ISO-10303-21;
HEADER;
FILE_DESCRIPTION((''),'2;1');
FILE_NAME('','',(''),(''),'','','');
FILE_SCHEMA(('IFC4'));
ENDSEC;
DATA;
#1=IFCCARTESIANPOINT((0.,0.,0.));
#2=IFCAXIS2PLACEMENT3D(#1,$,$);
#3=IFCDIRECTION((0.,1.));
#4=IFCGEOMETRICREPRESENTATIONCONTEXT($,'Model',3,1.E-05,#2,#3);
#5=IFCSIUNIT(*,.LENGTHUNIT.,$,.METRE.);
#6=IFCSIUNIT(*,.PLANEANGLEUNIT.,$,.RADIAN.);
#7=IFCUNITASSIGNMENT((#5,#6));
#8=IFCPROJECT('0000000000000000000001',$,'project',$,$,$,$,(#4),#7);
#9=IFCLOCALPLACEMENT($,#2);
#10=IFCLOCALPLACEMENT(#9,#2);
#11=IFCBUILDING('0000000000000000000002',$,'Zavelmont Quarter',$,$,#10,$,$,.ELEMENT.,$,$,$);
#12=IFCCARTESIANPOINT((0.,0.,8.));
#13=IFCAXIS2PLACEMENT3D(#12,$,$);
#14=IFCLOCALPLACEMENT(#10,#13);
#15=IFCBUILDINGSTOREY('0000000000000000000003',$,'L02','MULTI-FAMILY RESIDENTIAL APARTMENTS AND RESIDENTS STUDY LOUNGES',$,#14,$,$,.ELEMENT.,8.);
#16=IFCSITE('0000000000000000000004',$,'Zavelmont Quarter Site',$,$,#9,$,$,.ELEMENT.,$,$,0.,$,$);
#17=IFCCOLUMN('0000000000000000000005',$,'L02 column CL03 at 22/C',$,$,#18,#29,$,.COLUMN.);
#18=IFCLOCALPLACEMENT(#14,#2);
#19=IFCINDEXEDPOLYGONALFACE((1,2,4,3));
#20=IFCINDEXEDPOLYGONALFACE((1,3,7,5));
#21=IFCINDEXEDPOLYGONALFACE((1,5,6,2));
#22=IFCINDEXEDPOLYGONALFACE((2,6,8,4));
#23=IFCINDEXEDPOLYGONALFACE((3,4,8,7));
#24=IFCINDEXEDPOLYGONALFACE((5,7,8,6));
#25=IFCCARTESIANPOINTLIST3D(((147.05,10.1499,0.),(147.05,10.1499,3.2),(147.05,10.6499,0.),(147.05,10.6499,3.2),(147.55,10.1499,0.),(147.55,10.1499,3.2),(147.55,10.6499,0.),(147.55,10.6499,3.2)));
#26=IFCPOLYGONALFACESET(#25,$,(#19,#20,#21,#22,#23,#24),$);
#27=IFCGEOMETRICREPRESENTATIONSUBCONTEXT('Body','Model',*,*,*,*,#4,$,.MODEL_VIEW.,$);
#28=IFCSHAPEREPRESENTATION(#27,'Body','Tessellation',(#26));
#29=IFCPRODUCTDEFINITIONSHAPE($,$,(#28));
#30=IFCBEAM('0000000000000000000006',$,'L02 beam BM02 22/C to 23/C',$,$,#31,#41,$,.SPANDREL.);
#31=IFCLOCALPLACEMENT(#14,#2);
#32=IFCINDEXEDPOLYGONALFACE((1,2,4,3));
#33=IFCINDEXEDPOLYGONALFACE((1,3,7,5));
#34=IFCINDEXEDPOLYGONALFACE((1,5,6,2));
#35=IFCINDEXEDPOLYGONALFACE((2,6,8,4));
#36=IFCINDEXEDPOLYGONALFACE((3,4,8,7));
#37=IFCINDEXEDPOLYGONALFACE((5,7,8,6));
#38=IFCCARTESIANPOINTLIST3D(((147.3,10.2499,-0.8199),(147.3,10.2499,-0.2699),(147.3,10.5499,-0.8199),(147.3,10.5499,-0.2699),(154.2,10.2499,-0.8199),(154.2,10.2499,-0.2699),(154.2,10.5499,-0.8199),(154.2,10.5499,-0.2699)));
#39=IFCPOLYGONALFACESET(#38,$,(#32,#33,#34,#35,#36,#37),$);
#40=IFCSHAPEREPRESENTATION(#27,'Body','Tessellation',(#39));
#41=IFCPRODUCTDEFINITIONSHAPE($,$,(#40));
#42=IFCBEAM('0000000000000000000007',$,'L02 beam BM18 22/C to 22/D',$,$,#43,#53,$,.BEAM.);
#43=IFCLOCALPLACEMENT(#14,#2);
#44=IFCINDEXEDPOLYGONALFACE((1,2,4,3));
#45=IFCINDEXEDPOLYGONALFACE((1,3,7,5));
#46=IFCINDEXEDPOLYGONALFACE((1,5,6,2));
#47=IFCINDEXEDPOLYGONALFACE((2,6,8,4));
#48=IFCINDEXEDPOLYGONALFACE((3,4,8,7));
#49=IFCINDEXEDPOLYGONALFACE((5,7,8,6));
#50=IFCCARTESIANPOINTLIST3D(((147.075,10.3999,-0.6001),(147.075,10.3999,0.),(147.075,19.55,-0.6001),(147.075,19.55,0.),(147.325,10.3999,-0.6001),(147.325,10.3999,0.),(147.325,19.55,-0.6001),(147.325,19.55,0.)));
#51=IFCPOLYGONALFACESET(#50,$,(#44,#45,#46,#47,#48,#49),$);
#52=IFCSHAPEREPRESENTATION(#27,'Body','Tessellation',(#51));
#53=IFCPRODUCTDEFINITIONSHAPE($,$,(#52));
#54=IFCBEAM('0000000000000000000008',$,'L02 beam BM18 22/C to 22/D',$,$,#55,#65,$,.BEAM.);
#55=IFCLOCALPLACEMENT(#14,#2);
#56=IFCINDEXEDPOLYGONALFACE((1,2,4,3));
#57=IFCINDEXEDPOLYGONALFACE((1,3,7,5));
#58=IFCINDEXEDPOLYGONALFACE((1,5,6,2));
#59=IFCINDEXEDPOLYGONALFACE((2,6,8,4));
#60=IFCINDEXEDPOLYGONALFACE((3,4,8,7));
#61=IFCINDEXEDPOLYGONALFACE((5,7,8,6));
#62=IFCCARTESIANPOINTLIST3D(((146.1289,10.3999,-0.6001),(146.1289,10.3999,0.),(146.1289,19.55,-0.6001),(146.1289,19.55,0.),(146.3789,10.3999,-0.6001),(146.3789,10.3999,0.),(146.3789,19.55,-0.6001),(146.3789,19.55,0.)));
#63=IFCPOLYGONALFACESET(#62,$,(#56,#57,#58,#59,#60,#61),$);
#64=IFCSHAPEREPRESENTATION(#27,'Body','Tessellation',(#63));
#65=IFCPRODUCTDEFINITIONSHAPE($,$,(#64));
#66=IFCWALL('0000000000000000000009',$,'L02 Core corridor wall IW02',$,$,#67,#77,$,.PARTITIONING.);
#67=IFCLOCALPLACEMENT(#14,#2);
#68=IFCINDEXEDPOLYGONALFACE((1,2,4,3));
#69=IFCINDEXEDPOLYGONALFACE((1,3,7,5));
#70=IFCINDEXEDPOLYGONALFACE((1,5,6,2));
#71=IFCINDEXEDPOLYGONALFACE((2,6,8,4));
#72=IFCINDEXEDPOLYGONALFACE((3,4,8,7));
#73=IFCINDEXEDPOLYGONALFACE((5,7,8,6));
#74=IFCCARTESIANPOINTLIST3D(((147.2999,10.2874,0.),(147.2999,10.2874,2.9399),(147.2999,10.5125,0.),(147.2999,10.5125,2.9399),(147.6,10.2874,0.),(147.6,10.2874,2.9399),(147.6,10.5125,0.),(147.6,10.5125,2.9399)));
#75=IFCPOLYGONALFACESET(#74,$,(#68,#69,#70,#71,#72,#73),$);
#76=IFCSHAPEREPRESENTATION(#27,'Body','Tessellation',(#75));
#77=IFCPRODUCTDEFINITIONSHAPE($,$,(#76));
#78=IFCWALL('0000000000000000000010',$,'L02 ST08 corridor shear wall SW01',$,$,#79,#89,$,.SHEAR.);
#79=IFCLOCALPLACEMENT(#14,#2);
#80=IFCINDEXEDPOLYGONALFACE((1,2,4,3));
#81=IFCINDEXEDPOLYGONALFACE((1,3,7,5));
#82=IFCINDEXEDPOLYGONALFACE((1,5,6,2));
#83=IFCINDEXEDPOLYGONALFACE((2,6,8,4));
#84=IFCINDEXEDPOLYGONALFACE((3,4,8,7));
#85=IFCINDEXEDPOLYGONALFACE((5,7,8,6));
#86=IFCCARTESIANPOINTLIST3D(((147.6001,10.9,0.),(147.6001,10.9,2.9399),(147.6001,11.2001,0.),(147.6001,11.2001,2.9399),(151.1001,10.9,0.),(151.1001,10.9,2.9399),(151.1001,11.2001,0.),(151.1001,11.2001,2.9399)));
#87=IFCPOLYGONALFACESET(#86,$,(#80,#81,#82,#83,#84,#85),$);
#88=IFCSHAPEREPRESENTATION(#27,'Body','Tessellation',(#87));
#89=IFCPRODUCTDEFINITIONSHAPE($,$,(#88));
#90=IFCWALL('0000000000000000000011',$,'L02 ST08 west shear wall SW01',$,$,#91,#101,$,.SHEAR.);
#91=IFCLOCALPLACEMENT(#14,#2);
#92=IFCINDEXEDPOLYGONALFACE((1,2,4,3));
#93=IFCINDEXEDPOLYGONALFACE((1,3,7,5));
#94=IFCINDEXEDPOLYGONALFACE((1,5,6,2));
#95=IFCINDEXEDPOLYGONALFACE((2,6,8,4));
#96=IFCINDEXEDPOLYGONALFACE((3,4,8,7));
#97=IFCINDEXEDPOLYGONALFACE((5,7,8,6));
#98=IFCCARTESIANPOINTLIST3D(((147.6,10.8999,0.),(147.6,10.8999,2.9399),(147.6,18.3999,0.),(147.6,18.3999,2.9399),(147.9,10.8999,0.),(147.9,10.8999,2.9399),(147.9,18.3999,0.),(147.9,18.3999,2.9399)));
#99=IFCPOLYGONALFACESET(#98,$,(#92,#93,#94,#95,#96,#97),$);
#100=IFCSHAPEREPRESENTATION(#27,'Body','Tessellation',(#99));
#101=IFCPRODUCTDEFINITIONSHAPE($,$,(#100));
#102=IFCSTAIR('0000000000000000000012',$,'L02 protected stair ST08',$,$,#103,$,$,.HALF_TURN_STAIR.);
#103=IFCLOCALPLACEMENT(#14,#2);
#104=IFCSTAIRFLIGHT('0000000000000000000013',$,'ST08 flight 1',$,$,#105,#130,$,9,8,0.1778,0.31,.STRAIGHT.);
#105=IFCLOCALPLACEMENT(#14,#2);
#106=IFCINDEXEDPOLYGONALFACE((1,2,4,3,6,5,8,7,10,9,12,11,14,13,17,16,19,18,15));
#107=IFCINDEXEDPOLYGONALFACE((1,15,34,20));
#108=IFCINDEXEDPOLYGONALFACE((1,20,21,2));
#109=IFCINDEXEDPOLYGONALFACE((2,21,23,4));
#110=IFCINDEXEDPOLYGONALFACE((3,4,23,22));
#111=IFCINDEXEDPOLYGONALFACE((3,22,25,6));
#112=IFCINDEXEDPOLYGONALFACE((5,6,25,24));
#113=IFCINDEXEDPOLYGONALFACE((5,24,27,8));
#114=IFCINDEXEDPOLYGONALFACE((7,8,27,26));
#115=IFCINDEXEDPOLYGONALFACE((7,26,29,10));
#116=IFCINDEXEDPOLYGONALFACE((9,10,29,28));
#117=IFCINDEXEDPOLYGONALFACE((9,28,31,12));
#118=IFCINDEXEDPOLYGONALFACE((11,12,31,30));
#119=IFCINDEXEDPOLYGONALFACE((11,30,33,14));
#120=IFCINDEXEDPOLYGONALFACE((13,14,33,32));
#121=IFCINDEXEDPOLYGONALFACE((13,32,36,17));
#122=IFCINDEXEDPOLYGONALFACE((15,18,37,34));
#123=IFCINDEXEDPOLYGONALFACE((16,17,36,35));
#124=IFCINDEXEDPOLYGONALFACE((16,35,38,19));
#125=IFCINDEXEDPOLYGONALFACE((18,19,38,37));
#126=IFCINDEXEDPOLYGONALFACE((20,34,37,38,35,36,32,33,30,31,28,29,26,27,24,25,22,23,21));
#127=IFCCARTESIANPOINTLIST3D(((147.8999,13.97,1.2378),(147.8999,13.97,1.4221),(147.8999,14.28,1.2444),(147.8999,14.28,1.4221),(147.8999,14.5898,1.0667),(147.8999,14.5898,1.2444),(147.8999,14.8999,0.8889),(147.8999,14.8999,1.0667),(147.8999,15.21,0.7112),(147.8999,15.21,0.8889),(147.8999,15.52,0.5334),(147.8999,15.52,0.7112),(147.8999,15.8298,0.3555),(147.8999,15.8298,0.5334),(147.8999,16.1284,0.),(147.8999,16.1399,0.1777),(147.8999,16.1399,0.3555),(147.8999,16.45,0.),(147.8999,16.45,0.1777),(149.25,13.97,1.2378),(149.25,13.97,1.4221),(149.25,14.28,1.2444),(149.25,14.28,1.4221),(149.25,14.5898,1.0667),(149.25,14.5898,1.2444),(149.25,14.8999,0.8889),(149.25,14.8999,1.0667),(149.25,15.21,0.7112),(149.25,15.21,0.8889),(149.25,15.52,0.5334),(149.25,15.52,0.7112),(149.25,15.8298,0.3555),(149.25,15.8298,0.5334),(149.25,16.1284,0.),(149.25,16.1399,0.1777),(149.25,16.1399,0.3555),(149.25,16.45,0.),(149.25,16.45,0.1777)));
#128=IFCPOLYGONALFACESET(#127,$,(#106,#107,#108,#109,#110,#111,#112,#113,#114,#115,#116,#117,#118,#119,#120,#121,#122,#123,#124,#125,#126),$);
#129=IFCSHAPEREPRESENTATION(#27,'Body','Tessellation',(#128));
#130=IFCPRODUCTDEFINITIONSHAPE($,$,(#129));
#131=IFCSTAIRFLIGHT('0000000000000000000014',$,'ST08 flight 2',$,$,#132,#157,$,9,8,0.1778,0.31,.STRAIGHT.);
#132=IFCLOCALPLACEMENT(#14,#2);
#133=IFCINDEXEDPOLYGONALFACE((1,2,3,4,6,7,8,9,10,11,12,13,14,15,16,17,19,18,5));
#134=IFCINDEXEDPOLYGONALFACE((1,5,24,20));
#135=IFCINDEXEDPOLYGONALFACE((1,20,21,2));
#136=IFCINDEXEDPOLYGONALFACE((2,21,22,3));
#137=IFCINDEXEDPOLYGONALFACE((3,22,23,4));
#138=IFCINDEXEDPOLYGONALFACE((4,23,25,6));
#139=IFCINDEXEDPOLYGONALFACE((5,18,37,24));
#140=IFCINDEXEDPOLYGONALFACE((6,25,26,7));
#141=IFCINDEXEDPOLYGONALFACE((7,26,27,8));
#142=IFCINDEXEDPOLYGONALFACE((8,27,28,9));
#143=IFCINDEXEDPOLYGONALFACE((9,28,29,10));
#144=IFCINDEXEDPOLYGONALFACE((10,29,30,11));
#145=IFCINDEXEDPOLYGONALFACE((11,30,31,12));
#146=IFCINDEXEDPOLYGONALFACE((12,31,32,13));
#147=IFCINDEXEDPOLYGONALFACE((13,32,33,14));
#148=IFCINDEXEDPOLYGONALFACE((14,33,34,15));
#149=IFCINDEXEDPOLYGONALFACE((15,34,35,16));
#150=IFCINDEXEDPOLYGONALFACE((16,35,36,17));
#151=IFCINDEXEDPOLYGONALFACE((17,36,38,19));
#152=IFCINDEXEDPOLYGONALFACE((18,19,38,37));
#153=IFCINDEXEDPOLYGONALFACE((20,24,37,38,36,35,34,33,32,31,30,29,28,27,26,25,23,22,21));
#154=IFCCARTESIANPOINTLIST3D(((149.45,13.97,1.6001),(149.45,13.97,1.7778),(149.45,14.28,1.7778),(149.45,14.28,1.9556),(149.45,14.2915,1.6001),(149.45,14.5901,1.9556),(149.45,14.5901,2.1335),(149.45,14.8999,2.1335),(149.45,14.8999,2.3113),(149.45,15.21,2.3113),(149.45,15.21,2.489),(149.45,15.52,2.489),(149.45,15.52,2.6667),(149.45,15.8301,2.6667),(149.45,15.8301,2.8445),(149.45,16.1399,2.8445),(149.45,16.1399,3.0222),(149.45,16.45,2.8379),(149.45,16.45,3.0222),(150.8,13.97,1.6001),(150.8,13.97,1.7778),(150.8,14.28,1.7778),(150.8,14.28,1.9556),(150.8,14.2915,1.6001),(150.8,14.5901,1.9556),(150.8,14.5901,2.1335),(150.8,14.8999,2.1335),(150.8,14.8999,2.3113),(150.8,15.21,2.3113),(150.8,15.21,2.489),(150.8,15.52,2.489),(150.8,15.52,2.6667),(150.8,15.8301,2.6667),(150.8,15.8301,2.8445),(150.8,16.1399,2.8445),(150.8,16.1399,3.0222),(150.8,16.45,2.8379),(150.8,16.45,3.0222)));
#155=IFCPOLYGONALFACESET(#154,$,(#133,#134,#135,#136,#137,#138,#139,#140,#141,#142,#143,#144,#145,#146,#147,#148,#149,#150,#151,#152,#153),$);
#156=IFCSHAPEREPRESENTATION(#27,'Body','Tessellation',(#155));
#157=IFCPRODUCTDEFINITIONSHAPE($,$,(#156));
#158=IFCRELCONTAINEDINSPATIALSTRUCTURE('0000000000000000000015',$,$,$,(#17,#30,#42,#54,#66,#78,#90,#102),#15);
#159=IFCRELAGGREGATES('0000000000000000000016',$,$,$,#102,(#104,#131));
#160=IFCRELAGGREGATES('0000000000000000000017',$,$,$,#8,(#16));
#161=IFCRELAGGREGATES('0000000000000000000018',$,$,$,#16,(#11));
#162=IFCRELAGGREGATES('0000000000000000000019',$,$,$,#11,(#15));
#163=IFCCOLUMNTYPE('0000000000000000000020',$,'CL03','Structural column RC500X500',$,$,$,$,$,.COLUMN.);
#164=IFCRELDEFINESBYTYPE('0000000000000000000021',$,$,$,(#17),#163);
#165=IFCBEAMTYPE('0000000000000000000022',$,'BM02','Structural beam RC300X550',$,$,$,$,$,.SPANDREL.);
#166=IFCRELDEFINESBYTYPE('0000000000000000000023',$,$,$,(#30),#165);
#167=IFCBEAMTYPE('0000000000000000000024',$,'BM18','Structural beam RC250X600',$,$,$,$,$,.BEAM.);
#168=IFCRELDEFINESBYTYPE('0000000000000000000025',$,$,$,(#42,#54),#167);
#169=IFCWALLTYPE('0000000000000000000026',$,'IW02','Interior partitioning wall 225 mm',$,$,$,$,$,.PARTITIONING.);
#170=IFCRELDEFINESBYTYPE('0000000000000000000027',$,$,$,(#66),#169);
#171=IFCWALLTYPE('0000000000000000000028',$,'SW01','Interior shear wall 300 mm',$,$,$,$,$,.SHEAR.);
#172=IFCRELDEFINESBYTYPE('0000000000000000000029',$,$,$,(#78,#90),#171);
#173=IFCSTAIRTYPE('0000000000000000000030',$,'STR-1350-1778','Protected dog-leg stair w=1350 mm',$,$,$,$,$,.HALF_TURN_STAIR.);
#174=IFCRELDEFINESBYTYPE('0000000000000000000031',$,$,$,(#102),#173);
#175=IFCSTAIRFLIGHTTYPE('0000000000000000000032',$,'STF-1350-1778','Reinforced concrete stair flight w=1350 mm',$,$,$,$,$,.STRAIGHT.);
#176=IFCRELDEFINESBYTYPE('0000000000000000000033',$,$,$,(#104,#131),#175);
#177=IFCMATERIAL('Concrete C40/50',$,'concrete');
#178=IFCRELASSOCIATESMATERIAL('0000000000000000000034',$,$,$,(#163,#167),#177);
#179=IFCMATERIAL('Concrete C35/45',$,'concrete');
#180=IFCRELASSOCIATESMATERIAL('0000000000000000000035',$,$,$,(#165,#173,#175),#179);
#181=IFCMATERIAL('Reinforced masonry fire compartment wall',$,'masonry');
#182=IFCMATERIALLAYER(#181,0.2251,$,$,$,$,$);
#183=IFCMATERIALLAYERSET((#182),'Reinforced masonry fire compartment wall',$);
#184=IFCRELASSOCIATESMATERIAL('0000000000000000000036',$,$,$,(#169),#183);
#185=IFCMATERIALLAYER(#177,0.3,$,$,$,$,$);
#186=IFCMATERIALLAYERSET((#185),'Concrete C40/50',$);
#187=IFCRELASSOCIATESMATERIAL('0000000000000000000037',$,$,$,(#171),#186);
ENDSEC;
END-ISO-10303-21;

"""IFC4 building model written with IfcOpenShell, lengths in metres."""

from ifc_helpers import new_model, si_unit, direction, frame, frame_2d, origin, origin_2d, place, context, subcontext, project, spatial, polyline, rectangle, outline, extrude, material, layer, layer_set, material_profile, profile_set, type_object, element, aggregate, save


model = new_model("IFC4")

# Units and contexts
model_context = context("Model", 3, precision=1e-05, world=origin(), true_north=direction((0.0, 1.0)))
body_context = subcontext(model_context, "Body", "Model", "MODEL_VIEW")
ifc_project = project(units=[si_unit("LENGTHUNIT", "METRE"), si_unit("PLANEANGLEUNIT", "RADIAN")], contexts=[model_context])

# Site, building, storey
site_placement = place(None, origin())
site = spatial("IfcSite", under=ifc_project, at=site_placement, Name="Zavelmont Quarter Site", CompositionType="ELEMENT", RefElevation=0.0)
building_placement = place(site_placement, origin())
building = spatial("IfcBuilding", under=site, at=building_placement, Name="Zavelmont Quarter", CompositionType="ELEMENT")
storey_placement = place(building_placement, frame((0.0, 0.0, 8.0)))
storey = spatial("IfcBuildingStorey", under=building, at=storey_placement, Name="L02", Description="MULTI-FAMILY RESIDENTIAL APARTMENTS AND RESIDENTS STUDY LOUNGES", CompositionType="ELEMENT", Elevation=8.0)

# Column
ifc_material_1 = material(Name="Concrete C40/50", Category="concrete")
ifc_material_profile_1 = material_profile(ifc_material_1, rectangle(XDim=0.5, YDim=0.5, at=origin_2d()), Name="RC500X500")
ifc_profile_set_1 = profile_set([ifc_material_profile_1], Name="Concrete C40/50")
column_type = type_object("IfcColumnType", Name="CL03", Description="Structural column RC500X500", PredefinedType="COLUMN", material=ifc_profile_set_1)
column_placement = place(storey_placement, frame((147.3, 10.3999, 0.0), z_axis=(0.0, 0.0, 1.0), x_axis=(1.0, 0.0, 0.0)))
element("IfcColumn", 1, at=column_placement, inside=storey, type_object=column_type, Name="L02 column CL03 at 22/C", PredefinedType="COLUMN", context=body_context, shape_type="SweptSolid", body=[
    extrude(rectangle(XDim=0.5, YDim=0.5, at=origin_2d()), origin(), (0.0, 0.0, 1.0), 3.2),
])

# Beams
ifc_material_2 = material(Name="Concrete C35/45", Category="concrete")
ifc_material_profile_2 = material_profile(ifc_material_2, rectangle(XDim=0.3, YDim=0.55, at=origin_2d()), Name="RC300X550")
ifc_profile_set_2 = profile_set([ifc_material_profile_2], Name="Concrete C35/45")
beam_type_1 = type_object("IfcBeamType", Name="BM02", Description="Structural beam RC300X550", PredefinedType="SPANDREL", material=ifc_profile_set_2)
beam_placement = place(storey_placement, frame((147.3, 10.3999, -0.5449), z_axis=(1.0, 0.0, 0.0), x_axis=(0.0, 1.0, 0.0)))
element("IfcBeam", 2, at=beam_placement, inside=storey, type_object=beam_type_1, Name="L02 beam BM02 22/C to 23/C", PredefinedType="SPANDREL", context=body_context, shape_type="SweptSolid", body=[
    extrude(rectangle(XDim=0.3, YDim=0.55, at=origin_2d()), origin(), (0.0, 0.0, 1.0), 6.8999),
])
ifc_material_profile_3 = material_profile(ifc_material_1, rectangle(XDim=0.25, YDim=0.6001, at=origin_2d()), Name="RC250X600")
ifc_profile_set_3 = profile_set([ifc_material_profile_3], Name="Concrete C40/50")
beam_type_2 = type_object("IfcBeamType", Name="BM18", Description="Structural beam RC250X600", PredefinedType="BEAM", material=ifc_profile_set_3)
for number, where, z_axis, x_axis, name in (
    (3, (147.2, 10.3999, -0.3), (0.0, 1.0, 0.0), (-1.0, 0.0, 0.0), "L02 beam BM18 22/C to 22/D"),
    (4, (146.2539, 10.3999, -0.3), (0.0, 1.0, 0.0), (-1.0, 0.0, 0.0), "L02 beam BM18 22/C to 22/D"),
):
    element("IfcBeam", number, at=place(storey_placement, frame(where, z_axis=z_axis, x_axis=x_axis)), inside=storey, type_object=beam_type_2, Name=name, PredefinedType="BEAM", context=body_context, shape_type="SweptSolid", body=[
        extrude(rectangle(XDim=0.25, YDim=0.6001, at=origin_2d()), origin(), (0.0, 0.0, 1.0), 9.1501),
    ])

# Wall
ifc_material_3 = material(Name="Reinforced masonry fire compartment wall", Category="masonry")
ifc_layer_1 = layer(ifc_material_3, 0.2251)
ifc_layer_set_1 = layer_set([ifc_layer_1], Name="Reinforced masonry fire compartment wall")
wall_type_1 = type_object("IfcWallType", Name="IW02", Description="Interior partitioning wall 225 mm", PredefinedType="PARTITIONING", material=ifc_layer_set_1)
wall_1_placement = place(storey_placement, frame((147.3, 10.3999, 0.0), z_axis=(0.0, 0.0, 1.0), x_axis=(1.0, 0.0, 0.0)))
element("IfcWall", 5, at=wall_1_placement, inside=storey, type_object=wall_type_1, Name="L02 Core corridor wall IW02", PredefinedType="PARTITIONING", context=body_context, shape_type="SweptSolid", body=[
    extrude(rectangle(XDim=0.3, YDim=0.2251, at=frame_2d((0.1499, 0.0))), origin(), (0.0, 0.0, 1.0), 2.9399),
])

# Walls
ifc_layer_2 = layer(ifc_material_1, 0.3)
ifc_layer_set_2 = layer_set([ifc_layer_2], Name="Concrete C40/50")
wall_type_2 = type_object("IfcWallType", Name="SW01", Description="Interior shear wall 300 mm", PredefinedType="SHEAR", material=ifc_layer_set_2)
wall_2_placement = place(storey_placement, frame((147.6001, 11.05, 0.0), z_axis=(0.0, 0.0, 1.0), x_axis=(1.0, 0.0, 0.0)))
element("IfcWall", 6, at=wall_2_placement, inside=storey, type_object=wall_type_2, Name="L02 ST08 corridor shear wall SW01", PredefinedType="SHEAR", context=body_context, shape_type="SweptSolid", body=[
    extrude(rectangle(XDim=3.5, YDim=0.3, at=frame_2d((1.75, 0.0))), origin(), (0.0, 0.0, 1.0), 2.9399),
])
wall_3_placement = place(storey_placement, frame((147.75, 10.8999, 0.0), z_axis=(0.0, 0.0, 1.0), x_axis=(0.0, 1.0, 0.0)))
element("IfcWall", 7, at=wall_3_placement, inside=storey, type_object=wall_type_2, Name="L02 ST08 west shear wall SW01", PredefinedType="SHEAR", context=body_context, shape_type="SweptSolid", body=[
    extrude(rectangle(XDim=7.5, YDim=0.3, at=frame_2d((3.75, 0.0))), origin(), (0.0, 0.0, 1.0), 2.9399),
])

# Stair, stair flights
stair_type = type_object("IfcStairType", Name="STR-1350-1778", Description="Protected dog-leg stair w=1350 mm", PredefinedType="HALF_TURN_STAIR", material=ifc_material_2)
stair_placement = place(storey_placement, origin())
stair = element("IfcStair", 8, at=stair_placement, inside=storey, type_object=stair_type, Name="L02 protected stair ST08", PredefinedType="HALF_TURN_STAIR")
stair_flight_type = type_object("IfcStairFlightType", Name="STF-1350-1778", Description="Reinforced concrete stair flight w=1350 mm", PredefinedType="STRAIGHT", material=ifc_material_2)
stair_flight_1_placement = place(storey_placement, frame((148.575, 16.45, 0.0), z_axis=(0.0, 0.0, 1.0), x_axis=(0.0, -1.0, 0.0)))
stair_flight_1 = element("IfcStairFlight", 9, at=stair_flight_1_placement, type_object=stair_flight_type, Name="ST08 flight 1", NumberOfRisers=9, NumberOfTreads=8, PredefinedType="STRAIGHT", RiserHeight=0.1778, TreadLength=0.31, context=body_context, shape_type="SweptSolid", body=[
    extrude(outline(polyline([(0.0, 0.0), (0.0, 0.1777), (0.3101, 0.1777), (0.3101, 0.3555), (0.6201, 0.3555), (0.6201, 0.5334), (0.9299, 0.5334), (0.9299, 0.7112), (1.24, 0.7112), (1.24, 0.8889), (1.55, 0.8889), (1.55, 1.0667), (1.8601, 1.0667), (1.8601, 1.2444), (2.1699, 1.2444), (2.1699, 1.4221), (2.48, 1.4221), (2.48, 1.6001), (2.48, 1.2378), (0.3215, 0.0), (0.0, 0.0)])), frame((0.0, 0.675, 0.0), z_axis=(0.0, -1.0, 0.0), x_axis=(1.0, 0.0, 0.0)), (0.0, 0.0, 1.0), 1.3501),
])
stair_flight_2_placement = place(storey_placement, frame((150.125, 13.97, 1.6001), z_axis=(0.0, 0.0, 1.0), x_axis=(0.0, 1.0, 0.0)))
stair_flight_2 = element("IfcStairFlight", 10, at=stair_flight_2_placement, type_object=stair_flight_type, Name="ST08 flight 2", NumberOfRisers=9, NumberOfTreads=8, PredefinedType="STRAIGHT", RiserHeight=0.1778, TreadLength=0.31, context=body_context, shape_type="SweptSolid", body=[
    extrude(outline(polyline([(0.0, 0.0), (0.0, 0.1777), (0.3101, 0.1777), (0.3101, 0.3555), (0.6201, 0.3555), (0.6201, 0.5334), (0.9299, 0.5334), (0.9299, 0.7112), (1.24, 0.7112), (1.24, 0.8889), (1.55, 0.8889), (1.55, 1.0667), (1.8601, 1.0667), (1.8601, 1.2444), (2.1699, 1.2444), (2.1699, 1.4221), (2.48, 1.4221), (2.48, 1.6001), (2.48, 1.2378), (0.3215, 0.0), (0.0, 0.0)])), frame((0.0, 0.675, 0.0), z_axis=(0.0, -1.0, 0.0), x_axis=(1.0, 0.0, 0.0)), (0.0, 0.0, 1.0), 1.3501),
])
aggregate(stair, [stair_flight_1, stair_flight_2])

save(model, "model.ifc")
